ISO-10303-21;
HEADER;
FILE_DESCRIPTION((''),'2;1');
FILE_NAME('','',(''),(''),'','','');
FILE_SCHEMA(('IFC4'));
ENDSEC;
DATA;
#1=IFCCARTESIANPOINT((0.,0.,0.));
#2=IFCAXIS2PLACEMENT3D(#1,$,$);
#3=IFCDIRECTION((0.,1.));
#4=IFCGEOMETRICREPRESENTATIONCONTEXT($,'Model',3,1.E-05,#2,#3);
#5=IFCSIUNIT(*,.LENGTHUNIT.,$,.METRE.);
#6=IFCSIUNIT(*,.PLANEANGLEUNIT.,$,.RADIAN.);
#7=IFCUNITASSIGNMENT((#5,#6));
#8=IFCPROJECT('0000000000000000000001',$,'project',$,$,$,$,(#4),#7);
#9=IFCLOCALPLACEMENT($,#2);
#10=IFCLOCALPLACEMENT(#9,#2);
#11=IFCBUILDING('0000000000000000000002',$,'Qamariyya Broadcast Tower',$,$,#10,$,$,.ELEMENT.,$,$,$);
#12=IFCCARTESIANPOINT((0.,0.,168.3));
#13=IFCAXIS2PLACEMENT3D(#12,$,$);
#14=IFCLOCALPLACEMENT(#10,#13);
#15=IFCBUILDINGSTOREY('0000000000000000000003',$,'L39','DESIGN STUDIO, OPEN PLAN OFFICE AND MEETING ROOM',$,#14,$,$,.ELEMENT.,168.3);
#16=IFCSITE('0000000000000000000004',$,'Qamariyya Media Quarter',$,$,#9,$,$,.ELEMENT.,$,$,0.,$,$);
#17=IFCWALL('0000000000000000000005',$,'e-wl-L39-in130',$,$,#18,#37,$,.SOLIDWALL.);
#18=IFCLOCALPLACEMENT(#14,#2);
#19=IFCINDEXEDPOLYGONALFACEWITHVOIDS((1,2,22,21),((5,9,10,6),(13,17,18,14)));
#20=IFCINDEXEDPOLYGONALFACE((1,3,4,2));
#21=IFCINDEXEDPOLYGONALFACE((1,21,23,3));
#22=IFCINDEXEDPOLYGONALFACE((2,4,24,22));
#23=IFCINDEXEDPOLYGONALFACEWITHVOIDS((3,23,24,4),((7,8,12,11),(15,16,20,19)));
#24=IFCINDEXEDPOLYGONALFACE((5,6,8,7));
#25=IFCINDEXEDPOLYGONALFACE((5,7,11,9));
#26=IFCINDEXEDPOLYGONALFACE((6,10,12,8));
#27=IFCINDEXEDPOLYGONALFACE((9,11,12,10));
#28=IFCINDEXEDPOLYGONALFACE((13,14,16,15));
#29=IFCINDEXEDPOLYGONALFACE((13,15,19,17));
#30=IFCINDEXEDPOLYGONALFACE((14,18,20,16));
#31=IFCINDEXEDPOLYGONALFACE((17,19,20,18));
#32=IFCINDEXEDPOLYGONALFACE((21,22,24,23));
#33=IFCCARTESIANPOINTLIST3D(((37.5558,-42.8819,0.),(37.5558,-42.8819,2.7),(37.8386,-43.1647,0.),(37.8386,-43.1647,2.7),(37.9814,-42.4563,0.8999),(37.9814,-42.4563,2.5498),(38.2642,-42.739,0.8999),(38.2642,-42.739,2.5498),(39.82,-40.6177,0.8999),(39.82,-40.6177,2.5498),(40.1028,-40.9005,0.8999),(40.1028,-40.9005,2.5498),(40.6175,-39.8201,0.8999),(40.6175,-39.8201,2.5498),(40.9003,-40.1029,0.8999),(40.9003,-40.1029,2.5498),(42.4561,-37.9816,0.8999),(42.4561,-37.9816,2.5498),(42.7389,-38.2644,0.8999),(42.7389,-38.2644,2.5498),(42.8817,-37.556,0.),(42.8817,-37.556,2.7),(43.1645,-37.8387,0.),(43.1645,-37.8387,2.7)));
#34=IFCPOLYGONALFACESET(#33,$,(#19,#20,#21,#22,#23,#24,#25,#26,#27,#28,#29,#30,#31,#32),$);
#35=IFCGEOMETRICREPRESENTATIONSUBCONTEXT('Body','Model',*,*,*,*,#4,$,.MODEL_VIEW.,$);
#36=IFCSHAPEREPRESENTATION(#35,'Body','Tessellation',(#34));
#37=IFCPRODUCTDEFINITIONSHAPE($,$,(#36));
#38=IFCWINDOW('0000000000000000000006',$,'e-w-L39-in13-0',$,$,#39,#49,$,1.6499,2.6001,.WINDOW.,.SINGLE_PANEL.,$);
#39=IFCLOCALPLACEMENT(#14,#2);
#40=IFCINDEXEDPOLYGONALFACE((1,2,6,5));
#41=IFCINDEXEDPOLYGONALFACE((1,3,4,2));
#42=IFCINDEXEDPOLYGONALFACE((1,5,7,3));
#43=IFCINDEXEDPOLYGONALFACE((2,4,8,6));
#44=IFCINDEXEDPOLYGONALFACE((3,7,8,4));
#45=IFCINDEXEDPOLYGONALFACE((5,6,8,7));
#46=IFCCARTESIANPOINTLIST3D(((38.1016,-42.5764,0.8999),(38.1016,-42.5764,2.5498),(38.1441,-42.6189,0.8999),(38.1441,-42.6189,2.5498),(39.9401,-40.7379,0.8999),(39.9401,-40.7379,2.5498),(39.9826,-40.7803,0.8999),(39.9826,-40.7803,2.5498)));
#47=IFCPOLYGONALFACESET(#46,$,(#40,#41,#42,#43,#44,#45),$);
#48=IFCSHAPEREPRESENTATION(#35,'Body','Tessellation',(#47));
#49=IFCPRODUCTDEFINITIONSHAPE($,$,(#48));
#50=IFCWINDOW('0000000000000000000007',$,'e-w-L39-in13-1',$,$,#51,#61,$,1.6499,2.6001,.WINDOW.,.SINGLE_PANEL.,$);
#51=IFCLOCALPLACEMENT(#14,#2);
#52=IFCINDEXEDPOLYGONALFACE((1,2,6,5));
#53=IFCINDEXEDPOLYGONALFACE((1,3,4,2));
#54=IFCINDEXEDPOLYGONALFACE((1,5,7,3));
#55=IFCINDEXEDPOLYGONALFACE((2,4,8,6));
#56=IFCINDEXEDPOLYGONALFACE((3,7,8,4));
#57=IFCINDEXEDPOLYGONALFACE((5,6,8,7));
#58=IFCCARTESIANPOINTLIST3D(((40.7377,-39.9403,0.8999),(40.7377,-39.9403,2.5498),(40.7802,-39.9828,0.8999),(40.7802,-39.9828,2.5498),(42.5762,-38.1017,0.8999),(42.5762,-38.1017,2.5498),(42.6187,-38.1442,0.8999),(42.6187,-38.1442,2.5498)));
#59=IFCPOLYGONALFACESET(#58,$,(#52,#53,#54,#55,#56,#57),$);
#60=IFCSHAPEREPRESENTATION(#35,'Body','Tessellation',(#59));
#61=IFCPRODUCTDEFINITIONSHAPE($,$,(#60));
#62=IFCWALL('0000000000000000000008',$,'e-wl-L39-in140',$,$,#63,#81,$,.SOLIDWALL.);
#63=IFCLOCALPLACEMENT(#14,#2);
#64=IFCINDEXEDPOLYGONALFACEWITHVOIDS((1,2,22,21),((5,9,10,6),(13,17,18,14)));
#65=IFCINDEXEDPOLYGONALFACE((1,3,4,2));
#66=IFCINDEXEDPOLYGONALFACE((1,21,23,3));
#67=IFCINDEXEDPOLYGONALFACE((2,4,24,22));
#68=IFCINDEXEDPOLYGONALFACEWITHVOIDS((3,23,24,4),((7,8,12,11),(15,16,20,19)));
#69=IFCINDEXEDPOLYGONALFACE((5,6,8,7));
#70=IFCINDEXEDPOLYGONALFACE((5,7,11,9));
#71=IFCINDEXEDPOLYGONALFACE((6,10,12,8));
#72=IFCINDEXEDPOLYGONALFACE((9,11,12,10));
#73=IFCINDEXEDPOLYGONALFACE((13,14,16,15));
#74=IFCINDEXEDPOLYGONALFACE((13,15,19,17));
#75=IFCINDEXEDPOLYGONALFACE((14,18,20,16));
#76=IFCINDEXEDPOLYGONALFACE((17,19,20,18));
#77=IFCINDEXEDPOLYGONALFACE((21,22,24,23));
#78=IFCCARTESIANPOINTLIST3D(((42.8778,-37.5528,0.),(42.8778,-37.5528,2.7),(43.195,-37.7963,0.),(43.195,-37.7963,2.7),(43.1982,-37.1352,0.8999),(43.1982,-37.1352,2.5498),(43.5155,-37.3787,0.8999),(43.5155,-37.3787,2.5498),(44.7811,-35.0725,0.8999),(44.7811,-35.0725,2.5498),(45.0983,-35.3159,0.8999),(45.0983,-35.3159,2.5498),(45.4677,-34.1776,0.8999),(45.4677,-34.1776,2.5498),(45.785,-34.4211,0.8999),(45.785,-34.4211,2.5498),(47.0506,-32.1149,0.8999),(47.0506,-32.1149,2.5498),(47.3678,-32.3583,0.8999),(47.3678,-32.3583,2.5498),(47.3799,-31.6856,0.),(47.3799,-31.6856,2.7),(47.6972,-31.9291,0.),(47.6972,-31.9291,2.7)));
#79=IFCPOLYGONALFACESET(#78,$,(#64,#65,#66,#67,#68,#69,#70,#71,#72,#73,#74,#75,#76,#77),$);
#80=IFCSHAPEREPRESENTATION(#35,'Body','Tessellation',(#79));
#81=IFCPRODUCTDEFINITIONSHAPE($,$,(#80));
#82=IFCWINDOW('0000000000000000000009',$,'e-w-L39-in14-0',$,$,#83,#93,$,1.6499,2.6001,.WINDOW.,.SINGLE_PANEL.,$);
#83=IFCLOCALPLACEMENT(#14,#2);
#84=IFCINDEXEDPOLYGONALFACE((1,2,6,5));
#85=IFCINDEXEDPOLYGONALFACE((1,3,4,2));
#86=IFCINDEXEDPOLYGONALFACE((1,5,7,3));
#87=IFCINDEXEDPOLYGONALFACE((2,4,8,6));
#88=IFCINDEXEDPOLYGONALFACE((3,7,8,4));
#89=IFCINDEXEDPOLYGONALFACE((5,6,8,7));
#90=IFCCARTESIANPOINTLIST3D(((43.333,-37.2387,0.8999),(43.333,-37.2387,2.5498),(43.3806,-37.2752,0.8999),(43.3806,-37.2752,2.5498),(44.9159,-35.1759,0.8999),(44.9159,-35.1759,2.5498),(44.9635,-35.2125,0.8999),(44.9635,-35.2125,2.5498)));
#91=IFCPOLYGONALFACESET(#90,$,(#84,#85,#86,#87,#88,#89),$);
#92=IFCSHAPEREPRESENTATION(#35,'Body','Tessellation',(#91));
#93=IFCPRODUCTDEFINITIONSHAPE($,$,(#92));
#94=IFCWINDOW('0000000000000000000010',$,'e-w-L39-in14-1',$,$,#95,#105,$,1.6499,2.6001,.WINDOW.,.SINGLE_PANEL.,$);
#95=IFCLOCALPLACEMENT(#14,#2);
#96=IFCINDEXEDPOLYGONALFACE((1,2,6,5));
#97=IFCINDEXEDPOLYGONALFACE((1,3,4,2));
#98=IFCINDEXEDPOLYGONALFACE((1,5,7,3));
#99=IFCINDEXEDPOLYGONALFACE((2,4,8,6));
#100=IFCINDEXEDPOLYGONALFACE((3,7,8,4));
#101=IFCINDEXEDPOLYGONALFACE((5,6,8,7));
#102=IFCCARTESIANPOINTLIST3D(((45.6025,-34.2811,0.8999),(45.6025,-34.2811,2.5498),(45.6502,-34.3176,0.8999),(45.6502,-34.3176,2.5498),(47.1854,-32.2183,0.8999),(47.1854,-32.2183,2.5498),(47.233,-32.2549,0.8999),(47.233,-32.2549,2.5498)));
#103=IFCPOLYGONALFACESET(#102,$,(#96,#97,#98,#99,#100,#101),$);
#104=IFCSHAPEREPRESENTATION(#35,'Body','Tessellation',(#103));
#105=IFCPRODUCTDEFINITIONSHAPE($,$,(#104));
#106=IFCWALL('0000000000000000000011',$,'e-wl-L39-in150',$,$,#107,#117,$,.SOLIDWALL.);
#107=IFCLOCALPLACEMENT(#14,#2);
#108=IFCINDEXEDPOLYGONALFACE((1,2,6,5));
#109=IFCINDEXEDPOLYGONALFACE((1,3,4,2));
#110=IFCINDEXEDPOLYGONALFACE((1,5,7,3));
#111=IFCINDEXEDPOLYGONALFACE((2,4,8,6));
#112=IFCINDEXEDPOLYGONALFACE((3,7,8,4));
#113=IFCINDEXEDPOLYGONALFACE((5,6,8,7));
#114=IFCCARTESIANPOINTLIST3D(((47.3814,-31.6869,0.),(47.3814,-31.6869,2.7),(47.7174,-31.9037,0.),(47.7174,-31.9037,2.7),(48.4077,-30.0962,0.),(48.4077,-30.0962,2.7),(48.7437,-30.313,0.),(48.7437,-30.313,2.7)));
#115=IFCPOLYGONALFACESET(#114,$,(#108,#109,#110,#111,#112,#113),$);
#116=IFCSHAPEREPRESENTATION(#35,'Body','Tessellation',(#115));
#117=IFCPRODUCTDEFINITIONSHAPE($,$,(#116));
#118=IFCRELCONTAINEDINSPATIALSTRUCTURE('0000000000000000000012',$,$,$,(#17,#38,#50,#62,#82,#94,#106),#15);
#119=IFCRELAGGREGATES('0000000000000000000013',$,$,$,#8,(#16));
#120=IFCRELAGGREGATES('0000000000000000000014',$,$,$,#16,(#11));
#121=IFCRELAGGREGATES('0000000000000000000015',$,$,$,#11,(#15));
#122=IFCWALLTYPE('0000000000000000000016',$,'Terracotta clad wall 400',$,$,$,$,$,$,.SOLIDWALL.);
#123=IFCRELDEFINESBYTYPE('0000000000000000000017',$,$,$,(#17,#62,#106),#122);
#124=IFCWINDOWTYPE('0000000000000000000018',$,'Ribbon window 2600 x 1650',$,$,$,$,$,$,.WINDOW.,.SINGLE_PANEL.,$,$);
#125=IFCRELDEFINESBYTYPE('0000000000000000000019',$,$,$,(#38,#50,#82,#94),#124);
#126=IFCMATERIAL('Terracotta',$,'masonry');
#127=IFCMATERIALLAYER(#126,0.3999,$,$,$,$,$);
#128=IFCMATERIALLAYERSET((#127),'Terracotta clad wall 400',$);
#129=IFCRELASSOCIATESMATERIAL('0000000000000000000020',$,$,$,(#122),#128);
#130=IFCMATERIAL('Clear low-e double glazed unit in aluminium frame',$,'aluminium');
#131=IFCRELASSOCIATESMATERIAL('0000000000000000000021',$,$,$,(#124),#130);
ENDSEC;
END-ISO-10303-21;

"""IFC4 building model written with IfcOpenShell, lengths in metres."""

from ifc_helpers import new_model, si_unit, direction, frame, frame_2d, origin, place, context, subcontext, project, spatial, rectangle, extrude, material, layer, layer_set, type_object, element, fill, save


model = new_model("IFC4")

# Units and contexts
model_context = context("Model", 3, precision=1e-05, world=origin(), true_north=direction((0.0, 1.0)))
body_context = subcontext(model_context, "Body", "Model", "MODEL_VIEW")
ifc_project = project(units=[si_unit("LENGTHUNIT", "METRE"), si_unit("PLANEANGLEUNIT", "RADIAN")], contexts=[model_context])

# Site, building, storey
site_placement = place(None, origin())
site = spatial("IfcSite", under=ifc_project, at=site_placement, Name="Qamariyya Media Quarter", CompositionType="ELEMENT", RefElevation=0.0)
building_placement = place(site_placement, origin())
building = spatial("IfcBuilding", under=site, at=building_placement, Name="Qamariyya Broadcast Tower", CompositionType="ELEMENT")
storey_placement = place(building_placement, frame((0.0, 0.0, 168.3)))
storey = spatial("IfcBuildingStorey", under=building, at=storey_placement, Name="L39", Description="DESIGN STUDIO, OPEN PLAN OFFICE AND MEETING ROOM", CompositionType="ELEMENT", Elevation=168.3)

# Walls, openings, windows
ifc_material_1 = material(Name="Terracotta", Category="masonry")
ifc_layer_1 = layer(ifc_material_1, 0.3999)
ifc_layer_set_1 = layer_set([ifc_layer_1], Name="Terracotta clad wall 400")
wall_type_1 = type_object("IfcWallType", Name="Terracotta clad wall 400", PredefinedType="SOLIDWALL", material=ifc_layer_set_1)
wall_1_placement = place(storey_placement, frame((43.0232, -37.6973, 0.0), z_axis=(0.0, 0.0, 1.0), x_axis=(-0.707107, -0.707107, 0.0)))
wall_1 = element("IfcWall", 1, at=wall_1_placement, inside=storey, type_object=wall_type_1, Name="e-wl-L39-in130", PredefinedType="SOLIDWALL", context=body_context, shape_type="SweptSolid", body=[
    extrude(rectangle(XDim=7.532, YDim=0.3999, at=frame_2d((3.7661, 0.0))), origin(), (0.0, 0.0, 1.0), 2.7),
])
opening_1_placement = place(wall_1_placement, frame((4.3301, 0.0, 0.8999)))
opening_1 = element("IfcOpeningElement", 2, at=opening_1_placement, cuts=wall_1, PredefinedType="OPENING", context=body_context, shape_type="SweptSolid", body=[
    extrude(rectangle(XDim=2.6001, YDim=1.6499, at=frame_2d((1.3, 0.825))), frame((0.0, 0.21, 0.0), z_axis=(0.0, -1.0, 0.0), x_axis=(1.0, 0.0, 0.0)), (0.0, 0.0, 1.0), 0.4199),
])
opening_2_placement = place(wall_1_placement, frame((0.6021, 0.0, 0.8999)))
opening_2 = element("IfcOpeningElement", 3, at=opening_2_placement, cuts=wall_1, PredefinedType="OPENING", context=body_context, shape_type="SweptSolid", body=[
    extrude(rectangle(XDim=2.6001, YDim=1.6499, at=frame_2d((1.3, 0.825))), frame((0.0, 0.21, 0.0), z_axis=(0.0, -1.0, 0.0), x_axis=(1.0, 0.0, 0.0)), (0.0, 0.0, 1.0), 0.4199),
])
ifc_material_2 = material(Name="Clear low-e double glazed unit in aluminium frame", Category="aluminium")
window_type = type_object("IfcWindowType", Name="Ribbon window 2600 x 1650", PartitioningType="SINGLE_PANEL", PredefinedType="WINDOW", material=ifc_material_2)
window_1_placement = place(opening_1_placement, origin())
window_1 = element("IfcWindow", 4, at=window_1_placement, inside=storey, type_object=window_type, Name="e-w-L39-in13-0", OverallHeight=1.6499, OverallWidth=2.6001, PartitioningType="SINGLE_PANEL", PredefinedType="WINDOW", context=body_context, shape_type="SweptSolid", body=[
    extrude(rectangle(XDim=2.6001, YDim=1.6499, at=frame_2d((1.3, 0.825))), frame((0.0, 0.03, 0.0), z_axis=(0.0, -1.0, 0.0), x_axis=(1.0, 0.0, 0.0)), (0.0, 0.0, 1.0), 0.0601),
])
fill(opening_1, window_1)
window_2_placement = place(opening_2_placement, origin())
window_2 = element("IfcWindow", 5, at=window_2_placement, inside=storey, type_object=window_type, Name="e-w-L39-in13-1", OverallHeight=1.6499, OverallWidth=2.6001, PartitioningType="SINGLE_PANEL", PredefinedType="WINDOW", context=body_context, shape_type="SweptSolid", body=[
    extrude(rectangle(XDim=2.6001, YDim=1.6499, at=frame_2d((1.3, 0.825))), frame((0.0, 0.03, 0.0), z_axis=(0.0, -1.0, 0.0), x_axis=(1.0, 0.0, 0.0)), (0.0, 0.0, 1.0), 0.0601),
])
fill(opening_2, window_2)
wall_2_placement = place(storey_placement, frame((47.5386, -31.8074, 0.0), z_axis=(0.0, 0.0, 1.0), x_axis=(-0.608774, -0.793344, 0.0)))
wall_2 = element("IfcWall", 6, at=wall_2_placement, inside=storey, type_object=wall_type_1, Name="e-wl-L39-in140", PredefinedType="SOLIDWALL", context=body_context, shape_type="SweptSolid", body=[
    extrude(rectangle(XDim=7.3955, YDim=0.3999, at=frame_2d((3.6978, 0.0))), origin(), (0.0, 0.0, 1.0), 2.7),
])
opening_3_placement = place(wall_2_placement, frame((4.269, 0.0, 0.8999)))
opening_3 = element("IfcOpeningElement", 7, at=opening_3_placement, cuts=wall_2, PredefinedType="OPENING", context=body_context, shape_type="SweptSolid", body=[
    extrude(rectangle(XDim=2.6001, YDim=1.6499, at=frame_2d((1.3, 0.825))), frame((0.0, 0.21, 0.0), z_axis=(0.0, -1.0, 0.0), x_axis=(1.0, 0.0, 0.0)), (0.0, 0.0, 1.0), 0.4199),
])
opening_4_placement = place(wall_2_placement, frame((0.541, 0.0, 0.8999)))
opening_4 = element("IfcOpeningElement", 8, at=opening_4_placement, cuts=wall_2, PredefinedType="OPENING", context=body_context, shape_type="SweptSolid", body=[
    extrude(rectangle(XDim=2.6001, YDim=1.6499, at=frame_2d((1.3, 0.825))), frame((0.0, 0.21, 0.0), z_axis=(0.0, -1.0, 0.0), x_axis=(1.0, 0.0, 0.0)), (0.0, 0.0, 1.0), 0.4199),
])
window_3_placement = place(opening_3_placement, origin())
window_3 = element("IfcWindow", 9, at=window_3_placement, inside=storey, type_object=window_type, Name="e-w-L39-in14-0", OverallHeight=1.6499, OverallWidth=2.6001, PartitioningType="SINGLE_PANEL", PredefinedType="WINDOW", context=body_context, shape_type="SweptSolid", body=[
    extrude(rectangle(XDim=2.6001, YDim=1.6499, at=frame_2d((1.3, 0.825))), frame((0.0, 0.03, 0.0), z_axis=(0.0, -1.0, 0.0), x_axis=(1.0, 0.0, 0.0)), (0.0, 0.0, 1.0), 0.0601),
])
fill(opening_3, window_3)
window_4_placement = place(opening_4_placement, origin())
window_4 = element("IfcWindow", 10, at=window_4_placement, inside=storey, type_object=window_type, Name="e-w-L39-in14-1", OverallHeight=1.6499, OverallWidth=2.6001, PartitioningType="SINGLE_PANEL", PredefinedType="WINDOW", context=body_context, shape_type="SweptSolid", body=[
    extrude(rectangle(XDim=2.6001, YDim=1.6499, at=frame_2d((1.3, 0.825))), frame((0.0, 0.03, 0.0), z_axis=(0.0, -1.0, 0.0), x_axis=(1.0, 0.0, 0.0)), (0.0, 0.0, 1.0), 0.0601),
])
fill(opening_4, window_4)

# Wall
wall_3_placement = place(storey_placement, frame((48.5757, -30.2046, 0.0), z_axis=(0.0, 0.0, 1.0), x_axis=(-0.542139, -0.840289, 0.0)))
element("IfcWall", 11, at=wall_3_placement, inside=storey, type_object=wall_type_1, Name="e-wl-L39-in150", PredefinedType="SOLIDWALL", context=body_context, shape_type="SweptSolid", body=[
    extrude(rectangle(XDim=1.8931, YDim=0.3999, at=frame_2d((0.9465, 0.0))), origin(), (0.0, 0.0, 1.0), 2.7),
])

save(model, "model.ifc")
